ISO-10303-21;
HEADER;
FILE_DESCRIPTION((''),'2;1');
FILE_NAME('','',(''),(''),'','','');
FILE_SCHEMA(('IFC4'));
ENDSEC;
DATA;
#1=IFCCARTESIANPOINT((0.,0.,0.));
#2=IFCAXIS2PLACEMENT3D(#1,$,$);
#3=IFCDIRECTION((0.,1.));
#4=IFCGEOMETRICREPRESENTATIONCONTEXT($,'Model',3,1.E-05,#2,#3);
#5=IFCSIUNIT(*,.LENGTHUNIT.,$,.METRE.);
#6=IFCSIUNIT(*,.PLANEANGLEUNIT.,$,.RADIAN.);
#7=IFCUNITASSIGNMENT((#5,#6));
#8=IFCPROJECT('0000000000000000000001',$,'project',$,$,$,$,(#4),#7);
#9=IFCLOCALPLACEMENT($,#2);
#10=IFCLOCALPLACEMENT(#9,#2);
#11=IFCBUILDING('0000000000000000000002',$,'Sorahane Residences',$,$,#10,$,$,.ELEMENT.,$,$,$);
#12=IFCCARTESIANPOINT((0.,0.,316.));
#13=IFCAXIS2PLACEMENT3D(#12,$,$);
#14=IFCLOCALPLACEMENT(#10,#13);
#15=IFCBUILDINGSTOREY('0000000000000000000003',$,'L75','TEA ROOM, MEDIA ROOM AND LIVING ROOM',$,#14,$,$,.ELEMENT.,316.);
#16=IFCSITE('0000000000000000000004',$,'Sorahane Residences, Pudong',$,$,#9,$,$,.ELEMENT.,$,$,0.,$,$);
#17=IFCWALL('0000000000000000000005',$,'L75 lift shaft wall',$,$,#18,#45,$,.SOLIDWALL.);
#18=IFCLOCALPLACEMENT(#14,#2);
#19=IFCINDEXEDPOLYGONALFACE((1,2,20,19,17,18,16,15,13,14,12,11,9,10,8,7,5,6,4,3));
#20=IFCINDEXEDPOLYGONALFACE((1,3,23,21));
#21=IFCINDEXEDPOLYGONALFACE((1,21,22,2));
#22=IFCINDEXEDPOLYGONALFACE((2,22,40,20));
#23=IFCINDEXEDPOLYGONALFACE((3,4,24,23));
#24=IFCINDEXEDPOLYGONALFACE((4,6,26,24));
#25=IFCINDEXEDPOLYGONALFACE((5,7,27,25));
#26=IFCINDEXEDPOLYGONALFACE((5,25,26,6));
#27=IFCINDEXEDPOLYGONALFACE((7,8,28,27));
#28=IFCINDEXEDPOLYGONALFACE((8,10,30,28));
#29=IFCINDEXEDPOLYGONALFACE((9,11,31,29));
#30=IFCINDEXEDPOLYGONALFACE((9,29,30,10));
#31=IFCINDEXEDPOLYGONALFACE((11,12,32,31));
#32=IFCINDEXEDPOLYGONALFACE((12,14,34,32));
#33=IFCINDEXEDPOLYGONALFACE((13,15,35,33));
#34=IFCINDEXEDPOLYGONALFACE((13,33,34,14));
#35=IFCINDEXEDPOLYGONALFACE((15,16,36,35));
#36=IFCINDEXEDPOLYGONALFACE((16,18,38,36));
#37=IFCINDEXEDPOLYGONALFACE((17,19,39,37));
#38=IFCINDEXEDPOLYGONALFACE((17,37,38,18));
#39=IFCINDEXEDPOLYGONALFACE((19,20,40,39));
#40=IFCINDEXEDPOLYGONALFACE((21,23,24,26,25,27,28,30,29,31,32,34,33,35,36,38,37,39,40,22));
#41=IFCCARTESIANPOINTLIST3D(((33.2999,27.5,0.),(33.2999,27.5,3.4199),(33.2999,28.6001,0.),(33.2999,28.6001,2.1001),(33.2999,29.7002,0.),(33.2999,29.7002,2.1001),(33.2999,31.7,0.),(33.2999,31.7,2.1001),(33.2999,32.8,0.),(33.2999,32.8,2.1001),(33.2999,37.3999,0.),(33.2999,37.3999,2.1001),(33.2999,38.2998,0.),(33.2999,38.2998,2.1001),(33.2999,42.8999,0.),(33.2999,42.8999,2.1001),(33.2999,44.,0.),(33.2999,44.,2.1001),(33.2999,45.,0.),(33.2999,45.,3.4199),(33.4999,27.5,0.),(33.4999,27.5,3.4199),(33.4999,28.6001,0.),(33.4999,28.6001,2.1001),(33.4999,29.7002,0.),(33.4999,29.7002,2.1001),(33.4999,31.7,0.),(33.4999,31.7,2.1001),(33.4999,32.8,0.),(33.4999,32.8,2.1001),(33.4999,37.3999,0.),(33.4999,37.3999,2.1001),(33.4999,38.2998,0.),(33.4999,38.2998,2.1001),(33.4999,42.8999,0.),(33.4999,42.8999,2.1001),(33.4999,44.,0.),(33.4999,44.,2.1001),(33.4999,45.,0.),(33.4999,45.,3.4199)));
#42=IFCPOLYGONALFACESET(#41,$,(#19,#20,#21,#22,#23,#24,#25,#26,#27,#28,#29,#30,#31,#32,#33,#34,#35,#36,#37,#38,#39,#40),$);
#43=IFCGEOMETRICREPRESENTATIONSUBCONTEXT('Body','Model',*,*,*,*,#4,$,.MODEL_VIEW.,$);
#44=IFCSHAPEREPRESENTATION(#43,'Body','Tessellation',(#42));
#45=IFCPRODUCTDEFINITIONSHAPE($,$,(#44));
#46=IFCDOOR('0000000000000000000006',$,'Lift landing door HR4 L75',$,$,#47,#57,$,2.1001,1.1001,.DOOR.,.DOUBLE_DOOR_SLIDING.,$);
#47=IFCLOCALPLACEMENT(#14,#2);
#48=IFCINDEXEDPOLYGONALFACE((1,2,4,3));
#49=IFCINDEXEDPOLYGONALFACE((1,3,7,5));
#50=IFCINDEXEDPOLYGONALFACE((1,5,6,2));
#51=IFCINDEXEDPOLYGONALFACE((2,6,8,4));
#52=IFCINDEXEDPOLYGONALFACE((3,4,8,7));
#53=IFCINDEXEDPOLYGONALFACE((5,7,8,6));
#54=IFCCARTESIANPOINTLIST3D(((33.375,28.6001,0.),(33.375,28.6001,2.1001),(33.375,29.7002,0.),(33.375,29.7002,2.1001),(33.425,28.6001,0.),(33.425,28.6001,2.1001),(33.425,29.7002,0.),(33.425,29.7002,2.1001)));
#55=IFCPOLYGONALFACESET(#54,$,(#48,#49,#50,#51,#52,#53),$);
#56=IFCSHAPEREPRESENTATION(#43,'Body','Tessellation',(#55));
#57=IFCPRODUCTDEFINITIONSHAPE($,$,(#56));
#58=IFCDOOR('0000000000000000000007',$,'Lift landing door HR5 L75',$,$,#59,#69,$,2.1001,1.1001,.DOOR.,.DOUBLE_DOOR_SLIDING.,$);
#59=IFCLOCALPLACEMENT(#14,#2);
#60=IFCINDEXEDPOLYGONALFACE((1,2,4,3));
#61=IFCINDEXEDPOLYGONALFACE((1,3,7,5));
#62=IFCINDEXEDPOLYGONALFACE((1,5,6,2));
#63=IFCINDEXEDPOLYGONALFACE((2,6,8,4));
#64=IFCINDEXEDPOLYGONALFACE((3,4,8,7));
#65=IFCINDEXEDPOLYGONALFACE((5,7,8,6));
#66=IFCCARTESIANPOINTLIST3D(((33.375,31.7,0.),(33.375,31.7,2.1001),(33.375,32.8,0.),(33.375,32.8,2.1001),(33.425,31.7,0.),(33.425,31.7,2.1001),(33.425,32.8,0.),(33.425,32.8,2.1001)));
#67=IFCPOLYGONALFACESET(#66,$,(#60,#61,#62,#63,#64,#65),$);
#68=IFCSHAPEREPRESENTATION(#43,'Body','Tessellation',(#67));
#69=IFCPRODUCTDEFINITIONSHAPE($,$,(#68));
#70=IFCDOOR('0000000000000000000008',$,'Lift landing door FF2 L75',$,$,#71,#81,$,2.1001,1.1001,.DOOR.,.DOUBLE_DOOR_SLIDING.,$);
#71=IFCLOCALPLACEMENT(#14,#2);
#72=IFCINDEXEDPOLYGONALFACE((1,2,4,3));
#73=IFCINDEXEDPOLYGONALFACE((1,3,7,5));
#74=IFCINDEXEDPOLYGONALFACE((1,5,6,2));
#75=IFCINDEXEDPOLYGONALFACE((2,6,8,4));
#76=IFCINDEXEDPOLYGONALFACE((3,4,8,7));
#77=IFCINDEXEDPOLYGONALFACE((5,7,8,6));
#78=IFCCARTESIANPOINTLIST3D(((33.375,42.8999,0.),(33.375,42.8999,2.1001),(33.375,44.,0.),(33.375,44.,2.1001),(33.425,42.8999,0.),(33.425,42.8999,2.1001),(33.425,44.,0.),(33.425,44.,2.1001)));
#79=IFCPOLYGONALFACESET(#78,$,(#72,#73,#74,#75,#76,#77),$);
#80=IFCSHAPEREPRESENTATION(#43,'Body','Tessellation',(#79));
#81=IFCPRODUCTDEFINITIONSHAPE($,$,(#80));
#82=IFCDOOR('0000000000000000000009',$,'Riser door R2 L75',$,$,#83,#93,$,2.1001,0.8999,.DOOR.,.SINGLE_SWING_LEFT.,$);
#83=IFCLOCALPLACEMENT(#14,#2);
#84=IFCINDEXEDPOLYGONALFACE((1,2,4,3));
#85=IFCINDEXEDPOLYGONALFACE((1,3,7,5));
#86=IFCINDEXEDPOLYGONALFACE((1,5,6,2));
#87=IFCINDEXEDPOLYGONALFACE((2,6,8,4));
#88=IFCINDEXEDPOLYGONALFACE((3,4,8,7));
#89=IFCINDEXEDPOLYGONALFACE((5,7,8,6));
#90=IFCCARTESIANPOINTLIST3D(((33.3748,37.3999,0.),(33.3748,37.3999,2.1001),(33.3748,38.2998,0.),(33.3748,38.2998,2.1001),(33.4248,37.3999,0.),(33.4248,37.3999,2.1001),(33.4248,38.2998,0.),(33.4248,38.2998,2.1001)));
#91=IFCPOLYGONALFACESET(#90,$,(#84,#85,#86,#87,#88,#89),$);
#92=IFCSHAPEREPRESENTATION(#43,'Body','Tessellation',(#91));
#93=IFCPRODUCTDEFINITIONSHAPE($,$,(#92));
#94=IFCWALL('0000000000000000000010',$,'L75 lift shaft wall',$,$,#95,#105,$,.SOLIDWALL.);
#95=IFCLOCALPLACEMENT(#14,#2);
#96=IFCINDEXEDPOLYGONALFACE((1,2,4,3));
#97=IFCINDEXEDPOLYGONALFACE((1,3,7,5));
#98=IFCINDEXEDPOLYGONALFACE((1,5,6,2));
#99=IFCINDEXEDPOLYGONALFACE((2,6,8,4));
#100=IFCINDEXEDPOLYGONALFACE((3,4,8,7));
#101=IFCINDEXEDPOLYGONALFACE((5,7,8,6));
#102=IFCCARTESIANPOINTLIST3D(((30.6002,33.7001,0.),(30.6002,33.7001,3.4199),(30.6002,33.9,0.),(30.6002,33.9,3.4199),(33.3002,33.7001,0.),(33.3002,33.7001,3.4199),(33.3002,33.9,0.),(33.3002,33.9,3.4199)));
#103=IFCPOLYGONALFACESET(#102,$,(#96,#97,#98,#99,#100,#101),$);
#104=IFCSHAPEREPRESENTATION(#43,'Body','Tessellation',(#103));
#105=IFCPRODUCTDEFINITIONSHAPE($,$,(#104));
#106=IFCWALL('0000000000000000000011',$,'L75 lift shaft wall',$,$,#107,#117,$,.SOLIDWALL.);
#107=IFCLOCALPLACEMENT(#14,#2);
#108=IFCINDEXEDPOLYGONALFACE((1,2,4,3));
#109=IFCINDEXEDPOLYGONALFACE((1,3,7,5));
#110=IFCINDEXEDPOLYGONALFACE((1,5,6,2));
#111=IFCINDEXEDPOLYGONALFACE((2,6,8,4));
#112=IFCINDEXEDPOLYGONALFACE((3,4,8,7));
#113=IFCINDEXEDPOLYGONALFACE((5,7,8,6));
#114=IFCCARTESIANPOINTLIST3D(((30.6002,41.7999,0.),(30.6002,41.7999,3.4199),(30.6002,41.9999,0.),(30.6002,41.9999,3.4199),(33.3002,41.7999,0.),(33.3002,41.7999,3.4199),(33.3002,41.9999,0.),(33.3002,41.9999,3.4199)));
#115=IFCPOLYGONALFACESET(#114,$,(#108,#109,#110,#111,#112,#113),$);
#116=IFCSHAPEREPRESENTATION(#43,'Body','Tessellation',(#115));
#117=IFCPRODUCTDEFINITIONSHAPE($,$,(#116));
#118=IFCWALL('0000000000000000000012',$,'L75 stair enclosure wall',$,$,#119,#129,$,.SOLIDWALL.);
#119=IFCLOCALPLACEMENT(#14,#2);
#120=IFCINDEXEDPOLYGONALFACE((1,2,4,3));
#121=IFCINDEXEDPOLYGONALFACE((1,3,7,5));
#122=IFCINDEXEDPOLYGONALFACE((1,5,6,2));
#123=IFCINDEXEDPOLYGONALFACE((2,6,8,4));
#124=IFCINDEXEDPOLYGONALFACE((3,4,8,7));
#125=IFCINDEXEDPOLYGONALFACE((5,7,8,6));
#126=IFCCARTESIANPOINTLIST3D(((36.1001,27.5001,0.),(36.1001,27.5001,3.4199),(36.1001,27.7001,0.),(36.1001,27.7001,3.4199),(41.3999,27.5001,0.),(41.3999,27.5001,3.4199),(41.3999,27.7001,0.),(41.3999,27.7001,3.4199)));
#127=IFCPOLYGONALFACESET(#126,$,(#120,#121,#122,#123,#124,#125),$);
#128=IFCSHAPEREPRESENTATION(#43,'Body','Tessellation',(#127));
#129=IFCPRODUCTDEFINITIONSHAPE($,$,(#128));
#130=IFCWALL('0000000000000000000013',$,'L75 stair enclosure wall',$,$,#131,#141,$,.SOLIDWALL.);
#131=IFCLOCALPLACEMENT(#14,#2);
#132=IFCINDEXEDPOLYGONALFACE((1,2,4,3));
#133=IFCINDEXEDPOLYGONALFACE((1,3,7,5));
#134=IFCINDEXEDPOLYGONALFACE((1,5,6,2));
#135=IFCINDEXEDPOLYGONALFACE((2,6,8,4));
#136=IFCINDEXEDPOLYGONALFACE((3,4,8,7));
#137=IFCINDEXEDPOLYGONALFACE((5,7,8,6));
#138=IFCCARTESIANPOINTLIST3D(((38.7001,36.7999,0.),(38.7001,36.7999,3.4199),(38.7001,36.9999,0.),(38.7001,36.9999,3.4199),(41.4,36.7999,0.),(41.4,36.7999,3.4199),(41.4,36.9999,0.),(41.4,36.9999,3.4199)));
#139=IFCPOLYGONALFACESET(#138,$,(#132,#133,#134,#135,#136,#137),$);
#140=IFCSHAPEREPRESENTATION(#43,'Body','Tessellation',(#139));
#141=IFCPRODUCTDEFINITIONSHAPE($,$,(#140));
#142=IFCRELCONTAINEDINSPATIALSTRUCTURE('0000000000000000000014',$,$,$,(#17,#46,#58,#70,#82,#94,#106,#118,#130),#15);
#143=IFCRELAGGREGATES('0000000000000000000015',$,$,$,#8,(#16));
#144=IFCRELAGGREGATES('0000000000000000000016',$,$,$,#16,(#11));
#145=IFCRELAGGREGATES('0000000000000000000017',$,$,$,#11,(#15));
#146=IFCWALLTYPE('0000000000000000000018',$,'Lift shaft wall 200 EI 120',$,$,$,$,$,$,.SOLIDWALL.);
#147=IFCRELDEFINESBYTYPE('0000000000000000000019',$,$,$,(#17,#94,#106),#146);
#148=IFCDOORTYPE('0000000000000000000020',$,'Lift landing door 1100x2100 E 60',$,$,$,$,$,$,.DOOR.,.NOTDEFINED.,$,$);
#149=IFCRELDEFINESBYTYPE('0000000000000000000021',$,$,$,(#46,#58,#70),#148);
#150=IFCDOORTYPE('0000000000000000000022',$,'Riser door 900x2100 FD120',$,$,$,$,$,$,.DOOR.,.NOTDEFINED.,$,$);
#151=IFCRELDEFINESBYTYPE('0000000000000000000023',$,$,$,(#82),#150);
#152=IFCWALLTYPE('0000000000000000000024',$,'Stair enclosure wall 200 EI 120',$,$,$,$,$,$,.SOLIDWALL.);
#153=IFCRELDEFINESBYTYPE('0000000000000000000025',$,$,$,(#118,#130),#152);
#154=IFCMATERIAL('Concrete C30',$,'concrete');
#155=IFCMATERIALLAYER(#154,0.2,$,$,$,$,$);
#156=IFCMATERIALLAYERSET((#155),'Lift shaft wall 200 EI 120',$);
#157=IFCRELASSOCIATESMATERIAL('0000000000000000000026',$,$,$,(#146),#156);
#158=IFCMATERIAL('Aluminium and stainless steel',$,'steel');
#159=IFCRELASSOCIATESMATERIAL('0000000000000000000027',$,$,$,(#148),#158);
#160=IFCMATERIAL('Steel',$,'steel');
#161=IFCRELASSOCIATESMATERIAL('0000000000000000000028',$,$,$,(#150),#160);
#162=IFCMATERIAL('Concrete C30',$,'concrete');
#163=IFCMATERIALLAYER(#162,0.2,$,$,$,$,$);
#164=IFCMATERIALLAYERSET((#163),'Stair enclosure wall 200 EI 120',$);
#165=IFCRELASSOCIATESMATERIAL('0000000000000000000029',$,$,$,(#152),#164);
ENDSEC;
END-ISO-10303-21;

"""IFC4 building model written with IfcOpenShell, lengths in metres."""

from ifc_helpers import new_model, si_unit, direction, frame, frame_2d, origin, place, context, subcontext, project, spatial, rectangle, extrude, material, layer, layer_set, type_object, element, fill, save


model = new_model("IFC4")

# Units and contexts
model_context = context("Model", 3, precision=1e-05, world=origin(), true_north=direction((0.0, 1.0)))
body_context = subcontext(model_context, "Body", "Model", "MODEL_VIEW")
ifc_project = project(units=[si_unit("LENGTHUNIT", "METRE"), si_unit("PLANEANGLEUNIT", "RADIAN")], contexts=[model_context])

# Site, building, storey
site_placement = place(None, origin())
site = spatial("IfcSite", under=ifc_project, at=site_placement, Name="Sorahane Residences, Pudong", CompositionType="ELEMENT", RefElevation=0.0)
building_placement = place(site_placement, origin())
building = spatial("IfcBuilding", under=site, at=building_placement, Name="Sorahane Residences", CompositionType="ELEMENT")
storey_placement = place(building_placement, frame((0.0, 0.0, 316.0)))
storey = spatial("IfcBuildingStorey", under=building, at=storey_placement, Name="L75", Description="TEA ROOM, MEDIA ROOM AND LIVING ROOM", CompositionType="ELEMENT", Elevation=316.0)

# Wall, openings, doors
ifc_material_1 = material(Name="Concrete C30", Category="concrete")
ifc_layer_1 = layer(ifc_material_1, 0.2)
ifc_layer_set_1 = layer_set([ifc_layer_1], Name="Lift shaft wall 200 EI 120")
wall_type_1 = type_object("IfcWallType", Name="Lift shaft wall 200 EI 120", PredefinedType="SOLIDWALL", material=ifc_layer_set_1)
wall_1_placement = place(storey_placement, frame((33.3999, 27.5, 0.0), z_axis=(0.0, 0.0, 1.0), x_axis=(0.0, 1.0, 0.0)))
wall_1 = element("IfcWall", 1, at=wall_1_placement, inside=storey, type_object=wall_type_1, Name="L75 lift shaft wall", PredefinedType="SOLIDWALL", context=body_context, shape_type="SweptSolid", body=[
    extrude(rectangle(XDim=17.5, YDim=0.2, at=frame_2d((8.75, 0.0))), origin(), (0.0, 0.0, 1.0), 3.4199),
])
opening_1_placement = place(wall_1_placement, frame((1.1001, 0.0, 0.0)))
opening_1 = element("IfcOpeningElement", 2, at=opening_1_placement, cuts=wall_1, PredefinedType="OPENING", context=body_context, shape_type="SweptSolid", body=[
    extrude(rectangle(XDim=1.1001, YDim=2.1001, at=frame_2d((0.55, 1.05))), frame((0.0, 0.1099, 0.0), z_axis=(0.0, -1.0, 0.0), x_axis=(1.0, 0.0, 0.0)), (0.0, 0.0, 1.0), 0.22),
])
opening_2_placement = place(wall_1_placement, frame((4.2, 0.0, 0.0)))
opening_2 = element("IfcOpeningElement", 3, at=opening_2_placement, cuts=wall_1, PredefinedType="OPENING", context=body_context, shape_type="SweptSolid", body=[
    extrude(rectangle(XDim=1.1001, YDim=2.1001, at=frame_2d((0.55, 1.05))), frame((0.0, 0.1099, 0.0), z_axis=(0.0, -1.0, 0.0), x_axis=(1.0, 0.0, 0.0)), (0.0, 0.0, 1.0), 0.22),
])
opening_3_placement = place(wall_1_placement, frame((15.3999, 0.0, 0.0)))
opening_3 = element("IfcOpeningElement", 4, at=opening_3_placement, cuts=wall_1, PredefinedType="OPENING", context=body_context, shape_type="SweptSolid", body=[
    extrude(rectangle(XDim=1.1001, YDim=2.1001, at=frame_2d((0.55, 1.05))), frame((0.0, 0.1099, 0.0), z_axis=(0.0, -1.0, 0.0), x_axis=(1.0, 0.0, 0.0)), (0.0, 0.0, 1.0), 0.22),
])
opening_4_placement = place(wall_1_placement, frame((9.8999, 0.0, 0.0)))
opening_4 = element("IfcOpeningElement", 5, at=opening_4_placement, cuts=wall_1, PredefinedType="OPENING", context=body_context, shape_type="SweptSolid", body=[
    extrude(rectangle(XDim=0.8999, YDim=2.1001, at=frame_2d((0.45, 1.05))), frame((0.0, 0.1099, 0.0), z_axis=(0.0, -1.0, 0.0), x_axis=(1.0, 0.0, 0.0)), (0.0, 0.0, 1.0), 0.22),
])
ifc_material_2 = material(Name="Aluminium and stainless steel", Category="steel")
door_type_1 = type_object("IfcDoorType", Name="Lift landing door 1100x2100 E 60", OperationType="NOTDEFINED", PredefinedType="DOOR", material=ifc_material_2)
door_1_placement = place(opening_1_placement, origin())
door_1 = element("IfcDoor", 6, at=door_1_placement, inside=storey, type_object=door_type_1, Name="Lift landing door HR4 L75", OperationType="DOUBLE_DOOR_SLIDING", OverallHeight=2.1001, OverallWidth=1.1001, PredefinedType="DOOR", context=body_context, shape_type="SweptSolid", body=[
    extrude(rectangle(XDim=1.1001, YDim=2.1001, at=frame_2d((0.55, 1.05))), frame((0.0, 0.0249, 0.0), z_axis=(0.0, -1.0, 0.0), x_axis=(1.0, 0.0, 0.0)), (0.0, 0.0, 1.0), 0.05),
])
fill(opening_1, door_1)
door_2_placement = place(opening_2_placement, origin())
door_2 = element("IfcDoor", 7, at=door_2_placement, inside=storey, type_object=door_type_1, Name="Lift landing door HR5 L75", OperationType="DOUBLE_DOOR_SLIDING", OverallHeight=2.1001, OverallWidth=1.1001, PredefinedType="DOOR", context=body_context, shape_type="SweptSolid", body=[
    extrude(rectangle(XDim=1.1001, YDim=2.1001, at=frame_2d((0.55, 1.05))), frame((0.0, 0.0249, 0.0), z_axis=(0.0, -1.0, 0.0), x_axis=(1.0, 0.0, 0.0)), (0.0, 0.0, 1.0), 0.05),
])
fill(opening_2, door_2)
door_3_placement = place(opening_3_placement, origin())
door_3 = element("IfcDoor", 8, at=door_3_placement, inside=storey, type_object=door_type_1, Name="Lift landing door FF2 L75", OperationType="DOUBLE_DOOR_SLIDING", OverallHeight=2.1001, OverallWidth=1.1001, PredefinedType="DOOR", context=body_context, shape_type="SweptSolid", body=[
    extrude(rectangle(XDim=1.1001, YDim=2.1001, at=frame_2d((0.55, 1.05))), frame((0.0, 0.0249, 0.0), z_axis=(0.0, -1.0, 0.0), x_axis=(1.0, 0.0, 0.0)), (0.0, 0.0, 1.0), 0.05),
])
fill(opening_3, door_3)
ifc_material_3 = material(Name="Steel", Category="steel")
door_type_2 = type_object("IfcDoorType", Name="Riser door 900x2100 FD120", OperationType="NOTDEFINED", PredefinedType="DOOR", material=ifc_material_3)
door_4_placement = place(opening_4_placement, frame((0.8999, 0.0, 0.0), z_axis=(0.0, 0.0, 1.0), x_axis=(-1.0, 0.0, 0.0)))
door_4 = element("IfcDoor", 9, at=door_4_placement, inside=storey, type_object=door_type_2, Name="Riser door R2 L75", OperationType="SINGLE_SWING_LEFT", OverallHeight=2.1001, OverallWidth=0.8999, PredefinedType="DOOR", context=body_context, shape_type="SweptSolid", body=[
    extrude(rectangle(XDim=0.8999, YDim=2.1001, at=frame_2d((0.45, 1.05))), frame((0.0, 0.0249, 0.0), z_axis=(0.0, -1.0, 0.0), x_axis=(1.0, 0.0, 0.0)), (0.0, 0.0, 1.0), 0.05),
])
fill(opening_4, door_4)

# Walls
for number, where, z_axis, x_axis, name in (
    (10, (30.6001, 33.8, 0.0), (0.0, 0.0, 1.0), (1.0, 0.0, 0.0), "L75 lift shaft wall"),
    (11, (30.6001, 41.8999, 0.0), (0.0, 0.0, 1.0), (1.0, 0.0, 0.0), "L75 lift shaft wall"),
):
    element("IfcWall", number, at=place(storey_placement, frame(where, z_axis=z_axis, x_axis=x_axis)), inside=storey, type_object=wall_type_1, Name=name, PredefinedType="SOLIDWALL", context=body_context, shape_type="SweptSolid", body=[
        extrude(rectangle(XDim=2.7, YDim=0.2, at=frame_2d((1.3501, 0.0))), origin(), (0.0, 0.0, 1.0), 3.4199),
    ])
ifc_material_4 = material(Name="Concrete C30", Category="concrete")
ifc_layer_2 = layer(ifc_material_4, 0.2)
ifc_layer_set_2 = layer_set([ifc_layer_2], Name="Stair enclosure wall 200 EI 120")
wall_type_2 = type_object("IfcWallType", Name="Stair enclosure wall 200 EI 120", PredefinedType="SOLIDWALL", material=ifc_layer_set_2)
wall_2_placement = place(storey_placement, frame((36.1001, 27.6001, 0.0), z_axis=(0.0, 0.0, 1.0), x_axis=(1.0, 0.0, 0.0)))
element("IfcWall", 12, at=wall_2_placement, inside=storey, type_object=wall_type_2, Name="L75 stair enclosure wall", PredefinedType="SOLIDWALL", context=body_context, shape_type="SweptSolid", body=[
    extrude(rectangle(XDim=5.2998, YDim=0.2, at=frame_2d((2.6499, 0.0))), origin(), (0.0, 0.0, 1.0), 3.4199),
])
wall_3_placement = place(storey_placement, frame((38.7, 36.8999, 0.0), z_axis=(0.0, 0.0, 1.0), x_axis=(1.0, 0.0, 0.0)))
element("IfcWall", 13, at=wall_3_placement, inside=storey, type_object=wall_type_2, Name="L75 stair enclosure wall", PredefinedType="SOLIDWALL", context=body_context, shape_type="SweptSolid", body=[
    extrude(rectangle(XDim=2.7, YDim=0.2, at=frame_2d((1.3501, 0.0))), origin(), (0.0, 0.0, 1.0), 3.4199),
])

save(model, "model.ifc")
